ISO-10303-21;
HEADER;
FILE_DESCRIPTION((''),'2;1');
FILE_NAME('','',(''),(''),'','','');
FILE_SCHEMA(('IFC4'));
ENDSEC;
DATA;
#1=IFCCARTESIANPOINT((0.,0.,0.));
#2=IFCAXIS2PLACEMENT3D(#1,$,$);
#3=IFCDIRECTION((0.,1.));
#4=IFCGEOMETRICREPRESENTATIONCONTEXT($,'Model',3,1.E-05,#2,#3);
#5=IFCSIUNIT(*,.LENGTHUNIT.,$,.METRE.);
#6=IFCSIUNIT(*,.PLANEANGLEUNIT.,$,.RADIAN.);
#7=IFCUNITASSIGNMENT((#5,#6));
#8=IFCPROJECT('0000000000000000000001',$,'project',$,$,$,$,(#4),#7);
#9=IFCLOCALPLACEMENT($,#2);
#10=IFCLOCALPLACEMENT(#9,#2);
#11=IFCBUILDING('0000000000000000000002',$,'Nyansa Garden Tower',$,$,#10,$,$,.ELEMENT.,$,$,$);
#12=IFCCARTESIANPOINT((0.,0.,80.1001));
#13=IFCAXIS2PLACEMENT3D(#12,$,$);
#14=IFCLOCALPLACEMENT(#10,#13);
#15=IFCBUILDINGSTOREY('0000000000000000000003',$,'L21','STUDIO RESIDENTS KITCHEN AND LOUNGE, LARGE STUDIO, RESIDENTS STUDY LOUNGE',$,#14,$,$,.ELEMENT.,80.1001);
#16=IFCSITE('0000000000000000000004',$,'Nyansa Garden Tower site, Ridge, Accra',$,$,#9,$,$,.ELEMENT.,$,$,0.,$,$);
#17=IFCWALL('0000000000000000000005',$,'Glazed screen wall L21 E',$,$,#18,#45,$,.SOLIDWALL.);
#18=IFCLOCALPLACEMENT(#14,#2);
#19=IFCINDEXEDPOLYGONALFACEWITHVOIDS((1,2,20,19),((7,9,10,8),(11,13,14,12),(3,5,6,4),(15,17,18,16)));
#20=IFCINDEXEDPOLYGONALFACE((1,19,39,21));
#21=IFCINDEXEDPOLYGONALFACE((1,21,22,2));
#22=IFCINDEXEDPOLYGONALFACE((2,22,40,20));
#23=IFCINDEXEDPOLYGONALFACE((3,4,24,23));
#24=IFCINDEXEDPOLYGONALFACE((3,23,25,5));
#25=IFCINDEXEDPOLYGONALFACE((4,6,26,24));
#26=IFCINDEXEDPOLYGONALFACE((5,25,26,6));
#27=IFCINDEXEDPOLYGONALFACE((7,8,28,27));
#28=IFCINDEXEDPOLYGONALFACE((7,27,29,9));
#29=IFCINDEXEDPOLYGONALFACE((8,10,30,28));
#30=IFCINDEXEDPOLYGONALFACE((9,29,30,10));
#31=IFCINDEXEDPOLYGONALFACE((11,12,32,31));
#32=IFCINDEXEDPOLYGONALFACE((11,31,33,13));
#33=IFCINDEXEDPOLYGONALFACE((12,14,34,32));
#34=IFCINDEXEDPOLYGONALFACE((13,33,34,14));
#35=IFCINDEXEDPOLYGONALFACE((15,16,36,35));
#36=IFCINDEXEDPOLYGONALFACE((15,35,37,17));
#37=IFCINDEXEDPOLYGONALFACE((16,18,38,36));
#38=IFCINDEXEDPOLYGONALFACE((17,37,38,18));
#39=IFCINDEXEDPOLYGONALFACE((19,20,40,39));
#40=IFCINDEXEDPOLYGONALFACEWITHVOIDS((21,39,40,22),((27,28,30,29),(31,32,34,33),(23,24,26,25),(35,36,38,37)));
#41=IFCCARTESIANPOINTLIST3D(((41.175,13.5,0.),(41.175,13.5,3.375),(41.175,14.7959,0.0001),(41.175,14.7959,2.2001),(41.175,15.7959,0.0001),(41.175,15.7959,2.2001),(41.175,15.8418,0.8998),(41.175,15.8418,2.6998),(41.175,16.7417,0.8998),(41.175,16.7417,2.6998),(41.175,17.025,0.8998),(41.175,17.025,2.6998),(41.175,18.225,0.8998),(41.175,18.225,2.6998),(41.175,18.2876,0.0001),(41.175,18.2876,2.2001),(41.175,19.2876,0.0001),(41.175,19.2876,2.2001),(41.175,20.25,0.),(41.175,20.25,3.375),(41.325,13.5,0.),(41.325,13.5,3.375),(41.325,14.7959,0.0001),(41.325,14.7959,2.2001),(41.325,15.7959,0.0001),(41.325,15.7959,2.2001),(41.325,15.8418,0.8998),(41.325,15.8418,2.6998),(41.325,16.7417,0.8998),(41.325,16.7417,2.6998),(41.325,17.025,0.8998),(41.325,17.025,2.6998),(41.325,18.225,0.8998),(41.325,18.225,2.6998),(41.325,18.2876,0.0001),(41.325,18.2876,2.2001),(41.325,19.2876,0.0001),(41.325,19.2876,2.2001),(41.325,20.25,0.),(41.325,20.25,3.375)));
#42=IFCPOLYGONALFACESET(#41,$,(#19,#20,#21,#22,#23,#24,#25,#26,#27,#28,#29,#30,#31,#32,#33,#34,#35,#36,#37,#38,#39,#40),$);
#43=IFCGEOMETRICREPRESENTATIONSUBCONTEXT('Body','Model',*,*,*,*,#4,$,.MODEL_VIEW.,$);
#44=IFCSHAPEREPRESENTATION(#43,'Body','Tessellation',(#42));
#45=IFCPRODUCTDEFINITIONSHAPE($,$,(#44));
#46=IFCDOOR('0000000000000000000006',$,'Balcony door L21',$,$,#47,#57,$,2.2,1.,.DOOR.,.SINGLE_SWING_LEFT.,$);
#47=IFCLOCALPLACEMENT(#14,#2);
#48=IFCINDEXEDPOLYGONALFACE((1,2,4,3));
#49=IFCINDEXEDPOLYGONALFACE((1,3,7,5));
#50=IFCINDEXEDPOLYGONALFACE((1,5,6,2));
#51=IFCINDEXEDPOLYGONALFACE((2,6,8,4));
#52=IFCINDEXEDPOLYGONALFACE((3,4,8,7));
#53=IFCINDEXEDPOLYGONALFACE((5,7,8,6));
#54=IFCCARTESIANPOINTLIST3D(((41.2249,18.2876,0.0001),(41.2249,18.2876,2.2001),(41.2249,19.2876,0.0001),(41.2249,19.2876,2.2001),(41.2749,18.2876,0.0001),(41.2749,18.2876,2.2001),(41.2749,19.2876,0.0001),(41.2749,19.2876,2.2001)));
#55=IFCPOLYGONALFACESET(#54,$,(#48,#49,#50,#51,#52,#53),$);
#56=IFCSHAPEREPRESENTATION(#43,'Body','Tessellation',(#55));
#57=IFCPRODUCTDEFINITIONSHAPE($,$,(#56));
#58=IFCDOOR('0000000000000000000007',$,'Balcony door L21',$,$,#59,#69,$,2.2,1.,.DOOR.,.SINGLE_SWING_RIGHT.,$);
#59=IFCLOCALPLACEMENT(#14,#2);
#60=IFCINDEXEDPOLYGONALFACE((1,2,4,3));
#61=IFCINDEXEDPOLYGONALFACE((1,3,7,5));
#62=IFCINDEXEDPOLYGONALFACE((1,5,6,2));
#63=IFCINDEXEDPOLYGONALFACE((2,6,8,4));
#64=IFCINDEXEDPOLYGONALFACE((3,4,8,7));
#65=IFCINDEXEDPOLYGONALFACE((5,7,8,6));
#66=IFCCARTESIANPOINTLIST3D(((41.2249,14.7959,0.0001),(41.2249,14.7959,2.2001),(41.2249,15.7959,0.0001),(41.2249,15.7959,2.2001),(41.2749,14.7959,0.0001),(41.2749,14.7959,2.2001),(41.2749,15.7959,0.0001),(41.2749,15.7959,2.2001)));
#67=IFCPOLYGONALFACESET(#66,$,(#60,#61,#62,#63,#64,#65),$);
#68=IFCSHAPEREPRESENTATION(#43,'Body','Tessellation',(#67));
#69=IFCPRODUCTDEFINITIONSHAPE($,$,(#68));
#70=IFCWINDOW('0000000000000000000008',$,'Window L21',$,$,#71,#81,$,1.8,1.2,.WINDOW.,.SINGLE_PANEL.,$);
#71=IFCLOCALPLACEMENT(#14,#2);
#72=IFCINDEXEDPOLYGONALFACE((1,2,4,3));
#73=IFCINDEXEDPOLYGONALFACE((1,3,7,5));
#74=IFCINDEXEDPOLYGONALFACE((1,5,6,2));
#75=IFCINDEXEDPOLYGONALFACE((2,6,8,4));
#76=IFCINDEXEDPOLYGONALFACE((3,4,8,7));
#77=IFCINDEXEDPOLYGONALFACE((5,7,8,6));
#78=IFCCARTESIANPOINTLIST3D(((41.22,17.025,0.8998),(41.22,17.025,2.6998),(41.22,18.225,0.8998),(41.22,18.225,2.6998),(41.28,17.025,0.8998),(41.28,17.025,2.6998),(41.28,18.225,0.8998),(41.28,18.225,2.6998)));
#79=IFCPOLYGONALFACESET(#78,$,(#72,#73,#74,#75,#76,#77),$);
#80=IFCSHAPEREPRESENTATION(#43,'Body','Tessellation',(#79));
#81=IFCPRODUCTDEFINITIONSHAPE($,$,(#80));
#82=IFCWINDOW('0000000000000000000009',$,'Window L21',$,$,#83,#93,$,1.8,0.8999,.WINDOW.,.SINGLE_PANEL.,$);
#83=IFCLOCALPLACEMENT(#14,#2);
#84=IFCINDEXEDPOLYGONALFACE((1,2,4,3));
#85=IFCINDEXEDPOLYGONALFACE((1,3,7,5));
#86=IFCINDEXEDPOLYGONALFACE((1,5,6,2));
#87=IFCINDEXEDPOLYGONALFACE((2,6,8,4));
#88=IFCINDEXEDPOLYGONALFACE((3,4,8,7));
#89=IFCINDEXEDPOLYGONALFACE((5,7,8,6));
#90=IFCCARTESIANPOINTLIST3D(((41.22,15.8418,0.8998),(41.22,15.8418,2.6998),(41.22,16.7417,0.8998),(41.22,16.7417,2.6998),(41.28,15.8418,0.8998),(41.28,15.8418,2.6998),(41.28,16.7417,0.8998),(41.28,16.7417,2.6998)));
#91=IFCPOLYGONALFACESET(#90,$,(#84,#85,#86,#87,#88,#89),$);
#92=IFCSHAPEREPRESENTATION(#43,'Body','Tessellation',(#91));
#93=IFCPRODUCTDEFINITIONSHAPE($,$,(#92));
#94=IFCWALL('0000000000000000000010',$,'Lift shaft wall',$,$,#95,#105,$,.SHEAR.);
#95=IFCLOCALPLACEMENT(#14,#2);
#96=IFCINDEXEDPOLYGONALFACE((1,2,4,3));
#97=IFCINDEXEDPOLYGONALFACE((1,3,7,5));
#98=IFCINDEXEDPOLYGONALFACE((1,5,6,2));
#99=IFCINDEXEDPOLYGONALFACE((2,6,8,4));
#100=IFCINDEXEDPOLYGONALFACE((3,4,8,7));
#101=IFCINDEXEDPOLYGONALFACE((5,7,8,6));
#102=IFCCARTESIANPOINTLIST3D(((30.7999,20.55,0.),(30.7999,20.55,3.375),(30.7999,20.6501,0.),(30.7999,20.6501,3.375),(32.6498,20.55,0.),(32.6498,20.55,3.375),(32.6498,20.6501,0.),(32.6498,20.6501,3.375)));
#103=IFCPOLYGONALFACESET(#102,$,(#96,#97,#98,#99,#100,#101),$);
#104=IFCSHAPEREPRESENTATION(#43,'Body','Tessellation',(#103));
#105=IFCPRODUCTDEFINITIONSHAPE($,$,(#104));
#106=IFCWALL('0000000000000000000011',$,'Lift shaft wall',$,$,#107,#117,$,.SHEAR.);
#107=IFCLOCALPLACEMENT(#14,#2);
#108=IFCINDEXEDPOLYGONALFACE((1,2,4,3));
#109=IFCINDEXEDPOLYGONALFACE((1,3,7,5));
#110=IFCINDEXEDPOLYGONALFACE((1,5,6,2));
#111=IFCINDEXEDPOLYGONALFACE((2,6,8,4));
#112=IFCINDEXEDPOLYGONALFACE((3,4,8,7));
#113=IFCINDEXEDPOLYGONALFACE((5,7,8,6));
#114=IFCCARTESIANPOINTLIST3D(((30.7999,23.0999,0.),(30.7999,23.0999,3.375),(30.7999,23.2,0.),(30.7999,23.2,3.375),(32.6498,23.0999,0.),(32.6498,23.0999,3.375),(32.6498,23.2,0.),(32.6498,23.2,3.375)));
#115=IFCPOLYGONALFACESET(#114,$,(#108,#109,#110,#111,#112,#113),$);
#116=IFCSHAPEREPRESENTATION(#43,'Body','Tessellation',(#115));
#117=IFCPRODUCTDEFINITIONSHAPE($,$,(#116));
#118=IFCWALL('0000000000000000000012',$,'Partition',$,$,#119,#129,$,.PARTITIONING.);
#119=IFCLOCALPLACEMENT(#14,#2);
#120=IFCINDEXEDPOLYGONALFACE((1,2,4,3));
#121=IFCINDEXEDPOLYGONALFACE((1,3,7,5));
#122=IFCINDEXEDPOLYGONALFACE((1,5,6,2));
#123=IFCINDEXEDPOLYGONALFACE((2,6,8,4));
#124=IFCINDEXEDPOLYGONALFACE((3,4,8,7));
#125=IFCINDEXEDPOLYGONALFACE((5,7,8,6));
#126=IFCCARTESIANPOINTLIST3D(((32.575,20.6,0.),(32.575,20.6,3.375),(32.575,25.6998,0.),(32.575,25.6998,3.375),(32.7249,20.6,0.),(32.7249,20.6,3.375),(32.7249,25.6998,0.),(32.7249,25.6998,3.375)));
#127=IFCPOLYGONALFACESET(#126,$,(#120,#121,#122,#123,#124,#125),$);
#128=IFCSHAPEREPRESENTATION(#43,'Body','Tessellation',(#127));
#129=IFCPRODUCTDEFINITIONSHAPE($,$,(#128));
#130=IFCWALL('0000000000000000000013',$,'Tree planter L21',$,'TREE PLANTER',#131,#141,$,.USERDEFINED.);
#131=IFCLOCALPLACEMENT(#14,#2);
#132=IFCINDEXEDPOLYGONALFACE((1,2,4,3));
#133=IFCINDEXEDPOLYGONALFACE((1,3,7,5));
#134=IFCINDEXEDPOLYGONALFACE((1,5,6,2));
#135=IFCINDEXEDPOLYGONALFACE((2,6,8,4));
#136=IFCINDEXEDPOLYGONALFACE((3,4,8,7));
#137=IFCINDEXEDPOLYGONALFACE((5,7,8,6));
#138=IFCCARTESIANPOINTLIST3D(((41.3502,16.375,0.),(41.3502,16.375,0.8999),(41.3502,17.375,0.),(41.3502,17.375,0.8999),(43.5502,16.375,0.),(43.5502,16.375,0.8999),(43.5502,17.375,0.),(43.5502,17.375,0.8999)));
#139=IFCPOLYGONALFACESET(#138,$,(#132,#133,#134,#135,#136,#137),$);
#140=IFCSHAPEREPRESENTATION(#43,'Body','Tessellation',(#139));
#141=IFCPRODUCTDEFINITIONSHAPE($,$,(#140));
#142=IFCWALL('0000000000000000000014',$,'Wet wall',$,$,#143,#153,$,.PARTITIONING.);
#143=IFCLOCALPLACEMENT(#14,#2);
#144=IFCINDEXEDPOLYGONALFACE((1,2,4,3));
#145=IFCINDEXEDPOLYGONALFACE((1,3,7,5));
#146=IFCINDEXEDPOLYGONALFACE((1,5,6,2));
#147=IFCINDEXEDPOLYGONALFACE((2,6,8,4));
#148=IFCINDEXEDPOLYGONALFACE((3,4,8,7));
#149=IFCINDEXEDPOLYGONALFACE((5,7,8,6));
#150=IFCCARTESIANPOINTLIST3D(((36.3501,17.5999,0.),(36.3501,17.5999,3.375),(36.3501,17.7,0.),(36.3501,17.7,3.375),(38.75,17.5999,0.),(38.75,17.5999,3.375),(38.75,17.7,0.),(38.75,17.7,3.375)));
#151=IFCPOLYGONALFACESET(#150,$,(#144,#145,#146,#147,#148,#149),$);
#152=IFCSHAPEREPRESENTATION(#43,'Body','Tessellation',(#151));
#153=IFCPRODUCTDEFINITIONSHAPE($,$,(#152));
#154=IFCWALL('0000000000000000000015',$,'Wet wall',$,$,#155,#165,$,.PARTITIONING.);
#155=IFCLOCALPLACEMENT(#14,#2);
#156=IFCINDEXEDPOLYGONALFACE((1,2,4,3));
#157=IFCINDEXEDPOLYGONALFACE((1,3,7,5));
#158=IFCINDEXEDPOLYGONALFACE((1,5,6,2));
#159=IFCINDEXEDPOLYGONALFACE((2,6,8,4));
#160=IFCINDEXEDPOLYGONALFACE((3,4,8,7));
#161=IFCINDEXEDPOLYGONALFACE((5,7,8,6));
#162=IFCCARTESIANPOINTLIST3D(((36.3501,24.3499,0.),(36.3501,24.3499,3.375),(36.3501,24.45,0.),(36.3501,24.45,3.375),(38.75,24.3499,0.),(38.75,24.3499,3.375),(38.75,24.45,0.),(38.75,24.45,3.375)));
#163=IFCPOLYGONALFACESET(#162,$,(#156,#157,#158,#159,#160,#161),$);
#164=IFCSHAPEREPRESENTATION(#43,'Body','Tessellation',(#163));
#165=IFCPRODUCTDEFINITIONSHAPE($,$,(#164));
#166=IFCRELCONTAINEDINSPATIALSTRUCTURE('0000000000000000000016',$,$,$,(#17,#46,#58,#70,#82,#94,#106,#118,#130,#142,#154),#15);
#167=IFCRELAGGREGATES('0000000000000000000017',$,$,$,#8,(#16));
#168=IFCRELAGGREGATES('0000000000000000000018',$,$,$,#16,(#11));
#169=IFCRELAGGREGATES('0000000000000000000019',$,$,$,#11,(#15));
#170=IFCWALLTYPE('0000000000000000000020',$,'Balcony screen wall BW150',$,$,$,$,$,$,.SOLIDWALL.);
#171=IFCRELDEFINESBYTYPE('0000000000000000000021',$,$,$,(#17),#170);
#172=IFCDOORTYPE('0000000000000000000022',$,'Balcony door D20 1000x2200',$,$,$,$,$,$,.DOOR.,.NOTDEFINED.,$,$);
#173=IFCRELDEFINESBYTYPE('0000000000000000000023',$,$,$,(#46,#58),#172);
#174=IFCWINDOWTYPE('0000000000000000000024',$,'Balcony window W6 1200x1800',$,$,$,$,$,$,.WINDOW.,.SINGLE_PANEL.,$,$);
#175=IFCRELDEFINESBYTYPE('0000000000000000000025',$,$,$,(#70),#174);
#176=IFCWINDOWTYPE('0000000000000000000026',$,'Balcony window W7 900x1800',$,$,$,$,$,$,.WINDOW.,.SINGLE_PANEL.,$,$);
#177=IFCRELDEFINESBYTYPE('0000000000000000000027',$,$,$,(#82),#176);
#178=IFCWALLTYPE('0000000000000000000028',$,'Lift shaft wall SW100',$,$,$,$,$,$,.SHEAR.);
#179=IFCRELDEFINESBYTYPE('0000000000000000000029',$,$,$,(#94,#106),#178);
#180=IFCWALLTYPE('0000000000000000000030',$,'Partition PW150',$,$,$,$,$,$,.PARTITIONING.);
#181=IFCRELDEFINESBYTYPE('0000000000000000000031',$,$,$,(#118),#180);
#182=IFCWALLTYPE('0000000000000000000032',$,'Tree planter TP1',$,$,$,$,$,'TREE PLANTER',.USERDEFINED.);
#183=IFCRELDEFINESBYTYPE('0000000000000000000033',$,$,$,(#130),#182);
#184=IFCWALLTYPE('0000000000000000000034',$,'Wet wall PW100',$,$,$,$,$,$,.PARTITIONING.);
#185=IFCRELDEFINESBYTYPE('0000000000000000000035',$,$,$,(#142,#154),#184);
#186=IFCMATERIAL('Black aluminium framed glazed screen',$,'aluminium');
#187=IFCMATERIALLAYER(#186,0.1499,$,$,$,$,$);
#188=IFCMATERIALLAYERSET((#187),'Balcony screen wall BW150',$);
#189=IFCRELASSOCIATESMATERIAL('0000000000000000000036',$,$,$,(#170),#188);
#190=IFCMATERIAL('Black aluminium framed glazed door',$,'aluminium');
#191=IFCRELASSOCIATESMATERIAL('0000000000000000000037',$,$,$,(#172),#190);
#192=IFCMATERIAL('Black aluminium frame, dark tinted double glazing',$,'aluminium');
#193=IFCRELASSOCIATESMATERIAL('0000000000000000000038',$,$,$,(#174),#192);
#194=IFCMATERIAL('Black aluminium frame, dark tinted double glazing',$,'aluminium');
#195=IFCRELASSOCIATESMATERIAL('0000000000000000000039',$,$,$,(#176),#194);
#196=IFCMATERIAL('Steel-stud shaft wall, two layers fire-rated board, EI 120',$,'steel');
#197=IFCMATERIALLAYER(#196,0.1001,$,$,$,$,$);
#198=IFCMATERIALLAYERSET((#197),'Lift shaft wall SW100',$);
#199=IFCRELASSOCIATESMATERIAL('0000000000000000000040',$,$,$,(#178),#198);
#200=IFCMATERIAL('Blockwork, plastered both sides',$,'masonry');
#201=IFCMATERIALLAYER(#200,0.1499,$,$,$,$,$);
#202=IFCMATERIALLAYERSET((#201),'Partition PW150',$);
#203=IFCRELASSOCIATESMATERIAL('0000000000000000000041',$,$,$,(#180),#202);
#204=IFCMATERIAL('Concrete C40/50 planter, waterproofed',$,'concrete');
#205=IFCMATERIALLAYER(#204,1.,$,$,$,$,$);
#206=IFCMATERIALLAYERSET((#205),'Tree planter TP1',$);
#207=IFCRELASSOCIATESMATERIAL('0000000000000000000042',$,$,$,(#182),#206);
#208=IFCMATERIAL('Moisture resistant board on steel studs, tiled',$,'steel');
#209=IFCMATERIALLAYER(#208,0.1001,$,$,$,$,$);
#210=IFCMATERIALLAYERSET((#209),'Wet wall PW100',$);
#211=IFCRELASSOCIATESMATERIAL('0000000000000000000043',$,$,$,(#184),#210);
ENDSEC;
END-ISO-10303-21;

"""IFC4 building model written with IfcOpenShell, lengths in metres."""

from ifc_helpers import new_model, si_unit, direction, frame, frame_2d, origin, place, context, subcontext, project, spatial, rectangle, extrude, material, layer, layer_set, type_object, element, fill, save


model = new_model("IFC4")

# Units and contexts
model_context = context("Model", 3, precision=1e-05, world=origin(), true_north=direction((0.0, 1.0)))
body_context = subcontext(model_context, "Body", "Model", "MODEL_VIEW")
ifc_project = project(units=[si_unit("LENGTHUNIT", "METRE"), si_unit("PLANEANGLEUNIT", "RADIAN")], contexts=[model_context])

# Site, building, storey
site_placement = place(None, origin())
site = spatial("IfcSite", under=ifc_project, at=site_placement, Name="Nyansa Garden Tower site, Ridge, Accra", CompositionType="ELEMENT", RefElevation=0.0)
building_placement = place(site_placement, origin())
building = spatial("IfcBuilding", under=site, at=building_placement, Name="Nyansa Garden Tower", CompositionType="ELEMENT")
storey_placement = place(building_placement, frame((0.0, 0.0, 80.1001)))
storey = spatial("IfcBuildingStorey", under=building, at=storey_placement, Name="L21", Description="STUDIO RESIDENTS KITCHEN AND LOUNGE, LARGE STUDIO, RESIDENTS STUDY LOUNGE", CompositionType="ELEMENT", Elevation=80.1001)

# Wall, openings, doors, windows
ifc_material_1 = material(Name="Black aluminium framed glazed screen", Category="aluminium")
ifc_layer_1 = layer(ifc_material_1, 0.1499)
ifc_layer_set_1 = layer_set([ifc_layer_1], Name="Balcony screen wall BW150")
wall_type_1 = type_object("IfcWallType", Name="Balcony screen wall BW150", PredefinedType="SOLIDWALL", material=ifc_layer_set_1)
wall_1_placement = place(storey_placement, frame((41.25, 20.25, 0.0), z_axis=(0.0, 0.0, 1.0), x_axis=(0.0, -1.0, 0.0)))
wall_1 = element("IfcWall", 1, at=wall_1_placement, inside=storey, type_object=wall_type_1, Name="Glazed screen wall L21 E", PredefinedType="SOLIDWALL", context=body_context, shape_type="SweptSolid", body=[
    extrude(rectangle(XDim=6.75, YDim=0.1499, at=frame_2d((3.375, 0.0))), origin(), (0.0, 0.0, 1.0), 3.375),
])
opening_1_placement = place(wall_1_placement, frame((0.9624, 0.0, 0.0)))
opening_1 = element("IfcOpeningElement", 2, at=opening_1_placement, cuts=wall_1, PredefinedType="OPENING", context=body_context, shape_type="SweptSolid", body=[
    extrude(rectangle(XDim=1.0, YDim=2.2, at=frame_2d((0.5, 1.1001))), frame((0.0, 0.085, 0.0), z_axis=(0.0, -1.0, 0.0), x_axis=(1.0, 0.0, 0.0)), (0.0, 0.0, 1.0), 0.1699),
])
opening_2_placement = place(wall_1_placement, frame((2.0249, 0.0, 0.8999)))
opening_2 = element("IfcOpeningElement", 3, at=opening_2_placement, cuts=wall_1, PredefinedType="OPENING", context=body_context, shape_type="SweptSolid", body=[
    extrude(rectangle(XDim=1.2, YDim=1.8, at=frame_2d((0.6001, 0.8999))), frame((0.0, 0.085, 0.0), z_axis=(0.0, -1.0, 0.0), x_axis=(1.0, 0.0, 0.0)), (0.0, 0.0, 1.0), 0.1699),
])
opening_3_placement = place(wall_1_placement, frame((4.4541, 0.0, 0.0)))
opening_3 = element("IfcOpeningElement", 4, at=opening_3_placement, cuts=wall_1, PredefinedType="OPENING", context=body_context, shape_type="SweptSolid", body=[
    extrude(rectangle(XDim=1.0, YDim=2.2, at=frame_2d((0.5, 1.1001))), frame((0.0, 0.085, 0.0), z_axis=(0.0, -1.0, 0.0), x_axis=(1.0, 0.0, 0.0)), (0.0, 0.0, 1.0), 0.1699),
])
opening_4_placement = place(wall_1_placement, frame((3.5083, 0.0, 0.8999)))
opening_4 = element("IfcOpeningElement", 5, at=opening_4_placement, cuts=wall_1, PredefinedType="OPENING", context=body_context, shape_type="SweptSolid", body=[
    extrude(rectangle(XDim=0.8999, YDim=1.8, at=frame_2d((0.45, 0.8999))), frame((0.0, 0.085, 0.0), z_axis=(0.0, -1.0, 0.0), x_axis=(1.0, 0.0, 0.0)), (0.0, 0.0, 1.0), 0.1699),
])
ifc_material_2 = material(Name="Black aluminium framed glazed door", Category="aluminium")
door_type_1 = type_object("IfcDoorType", Name="Balcony door D20 1000x2200", OperationType="NOTDEFINED", PredefinedType="DOOR", material=ifc_material_2)
door_1_placement = place(opening_1_placement, origin())
door_1 = element("IfcDoor", 6, at=door_1_placement, inside=storey, type_object=door_type_1, Name="Balcony door L21", OperationType="SINGLE_SWING_LEFT", OverallHeight=2.2, OverallWidth=1.0, PredefinedType="DOOR", context=body_context, shape_type="SweptSolid", body=[
    extrude(rectangle(XDim=1.0, YDim=2.2, at=frame_2d((0.5, 1.1001))), frame((0.0, 0.0249, 0.0), z_axis=(0.0, -1.0, 0.0), x_axis=(1.0, 0.0, 0.0)), (0.0, 0.0, 1.0), 0.05),
])
fill(opening_1, door_1)
door_2_placement = place(opening_3_placement, origin())
door_2 = element("IfcDoor", 7, at=door_2_placement, inside=storey, type_object=door_type_1, Name="Balcony door L21", OperationType="SINGLE_SWING_RIGHT", OverallHeight=2.2, OverallWidth=1.0, PredefinedType="DOOR", context=body_context, shape_type="SweptSolid", body=[
    extrude(rectangle(XDim=1.0, YDim=2.2, at=frame_2d((0.5, 1.1001))), frame((0.0, 0.0249, 0.0), z_axis=(0.0, -1.0, 0.0), x_axis=(1.0, 0.0, 0.0)), (0.0, 0.0, 1.0), 0.05),
])
fill(opening_3, door_2)
ifc_material_3 = material(Name="Black aluminium frame, dark tinted double glazing", Category="aluminium")
window_type_1 = type_object("IfcWindowType", Name="Balcony window W6 1200x1800", PartitioningType="SINGLE_PANEL", PredefinedType="WINDOW", material=ifc_material_3)
window_1_placement = place(opening_2_placement, origin())
window_1 = element("IfcWindow", 8, at=window_1_placement, inside=storey, type_object=window_type_1, Name="Window L21", OverallHeight=1.8, OverallWidth=1.2, PartitioningType="SINGLE_PANEL", PredefinedType="WINDOW", context=body_context, shape_type="SweptSolid", body=[
    extrude(rectangle(XDim=1.2, YDim=1.8, at=frame_2d((0.6001, 0.8999))), frame((0.0, 0.03, 0.0), z_axis=(0.0, -1.0, 0.0), x_axis=(1.0, 0.0, 0.0)), (0.0, 0.0, 1.0), 0.0601),
])
fill(opening_2, window_1)
ifc_material_4 = material(Name="Black aluminium frame, dark tinted double glazing", Category="aluminium")
window_type_2 = type_object("IfcWindowType", Name="Balcony window W7 900x1800", PartitioningType="SINGLE_PANEL", PredefinedType="WINDOW", material=ifc_material_4)
window_2_placement = place(opening_4_placement, origin())
window_2 = element("IfcWindow", 9, at=window_2_placement, inside=storey, type_object=window_type_2, Name="Window L21", OverallHeight=1.8, OverallWidth=0.8999, PartitioningType="SINGLE_PANEL", PredefinedType="WINDOW", context=body_context, shape_type="SweptSolid", body=[
    extrude(rectangle(XDim=0.8999, YDim=1.8, at=frame_2d((0.45, 0.8999))), frame((0.0, 0.03, 0.0), z_axis=(0.0, -1.0, 0.0), x_axis=(1.0, 0.0, 0.0)), (0.0, 0.0, 1.0), 0.0601),
])
fill(opening_4, window_2)

# Walls
ifc_material_5 = material(Name="Steel-stud shaft wall, two layers fire-rated board, EI 120", Category="steel")
ifc_layer_2 = layer(ifc_material_5, 0.1001)
ifc_layer_set_2 = layer_set([ifc_layer_2], Name="Lift shaft wall SW100")
wall_type_2 = type_object("IfcWallType", Name="Lift shaft wall SW100", PredefinedType="SHEAR", material=ifc_layer_set_2)
for number, where, z_axis, x_axis, name in (
    (10, (30.8, 20.6001, 0.0), (0.0, 0.0, 1.0), (1.0, 0.0, 0.0), "Lift shaft wall"),
    (11, (30.8, 23.1499, 0.0), (0.0, 0.0, 1.0), (1.0, 0.0, 0.0), "Lift shaft wall"),
):
    element("IfcWall", number, at=place(storey_placement, frame(where, z_axis=z_axis, x_axis=x_axis)), inside=storey, type_object=wall_type_2, Name=name, PredefinedType="SHEAR", context=body_context, shape_type="SweptSolid", body=[
        extrude(rectangle(XDim=1.8499, YDim=0.1001, at=frame_2d((0.9248, 0.0))), origin(), (0.0, 0.0, 1.0), 3.375),
    ])
ifc_material_6 = material(Name="Blockwork, plastered both sides", Category="masonry")
ifc_layer_3 = layer(ifc_material_6, 0.1499)
ifc_layer_set_3 = layer_set([ifc_layer_3], Name="Partition PW150")
wall_type_3 = type_object("IfcWallType", Name="Partition PW150", PredefinedType="PARTITIONING", material=ifc_layer_set_3)
wall_2_placement = place(storey_placement, frame((32.6499, 20.6001, 0.0), z_axis=(0.0, 0.0, 1.0), x_axis=(0.0, 1.0, 0.0)))
element("IfcWall", 12, at=wall_2_placement, inside=storey, type_object=wall_type_3, Name="Partition", PredefinedType="PARTITIONING", context=body_context, shape_type="SweptSolid", body=[
    extrude(rectangle(XDim=5.0999, YDim=0.1499, at=frame_2d((2.5498, 0.0))), origin(), (0.0, 0.0, 1.0), 3.375),
])
ifc_material_7 = material(Name="Concrete C40/50 planter, waterproofed", Category="concrete")
ifc_layer_4 = layer(ifc_material_7, 1.0)
ifc_layer_set_4 = layer_set([ifc_layer_4], Name="Tree planter TP1")
wall_type_4 = type_object("IfcWallType", Name="Tree planter TP1", ElementType="TREE PLANTER", PredefinedType="USERDEFINED", material=ifc_layer_set_4)
wall_3_placement = place(storey_placement, frame((41.3501, 16.875, 0.0), z_axis=(0.0, 0.0, 1.0), x_axis=(1.0, 0.0, 0.0)))
element("IfcWall", 13, at=wall_3_placement, inside=storey, type_object=wall_type_4, Name="Tree planter L21", ObjectType="TREE PLANTER", PredefinedType="USERDEFINED", context=body_context, shape_type="SweptSolid", body=[
    extrude(rectangle(XDim=2.2, YDim=1.0, at=frame_2d((1.1001, 0.0))), origin(), (0.0, 0.0, 1.0), 0.8999),
])
ifc_material_8 = material(Name="Moisture resistant board on steel studs, tiled", Category="steel")
ifc_layer_5 = layer(ifc_material_8, 0.1001)
ifc_layer_set_5 = layer_set([ifc_layer_5], Name="Wet wall PW100")
wall_type_5 = type_object("IfcWallType", Name="Wet wall PW100", PredefinedType="PARTITIONING", material=ifc_layer_set_5)
for number, where, z_axis, x_axis, name in (
    (14, (36.3501, 17.6499, 0.0), (0.0, 0.0, 1.0), (1.0, 0.0, 0.0), "Wet wall"),
    (15, (36.3501, 24.3999, 0.0), (0.0, 0.0, 1.0), (1.0, 0.0, 0.0), "Wet wall"),
):
    element("IfcWall", number, at=place(storey_placement, frame(where, z_axis=z_axis, x_axis=x_axis)), inside=storey, type_object=wall_type_5, Name=name, PredefinedType="PARTITIONING", context=body_context, shape_type="SweptSolid", body=[
        extrude(rectangle(XDim=2.3999, YDim=0.1001, at=frame_2d((1.2, 0.0))), origin(), (0.0, 0.0, 1.0), 3.375),
    ])

save(model, "model.ifc")
